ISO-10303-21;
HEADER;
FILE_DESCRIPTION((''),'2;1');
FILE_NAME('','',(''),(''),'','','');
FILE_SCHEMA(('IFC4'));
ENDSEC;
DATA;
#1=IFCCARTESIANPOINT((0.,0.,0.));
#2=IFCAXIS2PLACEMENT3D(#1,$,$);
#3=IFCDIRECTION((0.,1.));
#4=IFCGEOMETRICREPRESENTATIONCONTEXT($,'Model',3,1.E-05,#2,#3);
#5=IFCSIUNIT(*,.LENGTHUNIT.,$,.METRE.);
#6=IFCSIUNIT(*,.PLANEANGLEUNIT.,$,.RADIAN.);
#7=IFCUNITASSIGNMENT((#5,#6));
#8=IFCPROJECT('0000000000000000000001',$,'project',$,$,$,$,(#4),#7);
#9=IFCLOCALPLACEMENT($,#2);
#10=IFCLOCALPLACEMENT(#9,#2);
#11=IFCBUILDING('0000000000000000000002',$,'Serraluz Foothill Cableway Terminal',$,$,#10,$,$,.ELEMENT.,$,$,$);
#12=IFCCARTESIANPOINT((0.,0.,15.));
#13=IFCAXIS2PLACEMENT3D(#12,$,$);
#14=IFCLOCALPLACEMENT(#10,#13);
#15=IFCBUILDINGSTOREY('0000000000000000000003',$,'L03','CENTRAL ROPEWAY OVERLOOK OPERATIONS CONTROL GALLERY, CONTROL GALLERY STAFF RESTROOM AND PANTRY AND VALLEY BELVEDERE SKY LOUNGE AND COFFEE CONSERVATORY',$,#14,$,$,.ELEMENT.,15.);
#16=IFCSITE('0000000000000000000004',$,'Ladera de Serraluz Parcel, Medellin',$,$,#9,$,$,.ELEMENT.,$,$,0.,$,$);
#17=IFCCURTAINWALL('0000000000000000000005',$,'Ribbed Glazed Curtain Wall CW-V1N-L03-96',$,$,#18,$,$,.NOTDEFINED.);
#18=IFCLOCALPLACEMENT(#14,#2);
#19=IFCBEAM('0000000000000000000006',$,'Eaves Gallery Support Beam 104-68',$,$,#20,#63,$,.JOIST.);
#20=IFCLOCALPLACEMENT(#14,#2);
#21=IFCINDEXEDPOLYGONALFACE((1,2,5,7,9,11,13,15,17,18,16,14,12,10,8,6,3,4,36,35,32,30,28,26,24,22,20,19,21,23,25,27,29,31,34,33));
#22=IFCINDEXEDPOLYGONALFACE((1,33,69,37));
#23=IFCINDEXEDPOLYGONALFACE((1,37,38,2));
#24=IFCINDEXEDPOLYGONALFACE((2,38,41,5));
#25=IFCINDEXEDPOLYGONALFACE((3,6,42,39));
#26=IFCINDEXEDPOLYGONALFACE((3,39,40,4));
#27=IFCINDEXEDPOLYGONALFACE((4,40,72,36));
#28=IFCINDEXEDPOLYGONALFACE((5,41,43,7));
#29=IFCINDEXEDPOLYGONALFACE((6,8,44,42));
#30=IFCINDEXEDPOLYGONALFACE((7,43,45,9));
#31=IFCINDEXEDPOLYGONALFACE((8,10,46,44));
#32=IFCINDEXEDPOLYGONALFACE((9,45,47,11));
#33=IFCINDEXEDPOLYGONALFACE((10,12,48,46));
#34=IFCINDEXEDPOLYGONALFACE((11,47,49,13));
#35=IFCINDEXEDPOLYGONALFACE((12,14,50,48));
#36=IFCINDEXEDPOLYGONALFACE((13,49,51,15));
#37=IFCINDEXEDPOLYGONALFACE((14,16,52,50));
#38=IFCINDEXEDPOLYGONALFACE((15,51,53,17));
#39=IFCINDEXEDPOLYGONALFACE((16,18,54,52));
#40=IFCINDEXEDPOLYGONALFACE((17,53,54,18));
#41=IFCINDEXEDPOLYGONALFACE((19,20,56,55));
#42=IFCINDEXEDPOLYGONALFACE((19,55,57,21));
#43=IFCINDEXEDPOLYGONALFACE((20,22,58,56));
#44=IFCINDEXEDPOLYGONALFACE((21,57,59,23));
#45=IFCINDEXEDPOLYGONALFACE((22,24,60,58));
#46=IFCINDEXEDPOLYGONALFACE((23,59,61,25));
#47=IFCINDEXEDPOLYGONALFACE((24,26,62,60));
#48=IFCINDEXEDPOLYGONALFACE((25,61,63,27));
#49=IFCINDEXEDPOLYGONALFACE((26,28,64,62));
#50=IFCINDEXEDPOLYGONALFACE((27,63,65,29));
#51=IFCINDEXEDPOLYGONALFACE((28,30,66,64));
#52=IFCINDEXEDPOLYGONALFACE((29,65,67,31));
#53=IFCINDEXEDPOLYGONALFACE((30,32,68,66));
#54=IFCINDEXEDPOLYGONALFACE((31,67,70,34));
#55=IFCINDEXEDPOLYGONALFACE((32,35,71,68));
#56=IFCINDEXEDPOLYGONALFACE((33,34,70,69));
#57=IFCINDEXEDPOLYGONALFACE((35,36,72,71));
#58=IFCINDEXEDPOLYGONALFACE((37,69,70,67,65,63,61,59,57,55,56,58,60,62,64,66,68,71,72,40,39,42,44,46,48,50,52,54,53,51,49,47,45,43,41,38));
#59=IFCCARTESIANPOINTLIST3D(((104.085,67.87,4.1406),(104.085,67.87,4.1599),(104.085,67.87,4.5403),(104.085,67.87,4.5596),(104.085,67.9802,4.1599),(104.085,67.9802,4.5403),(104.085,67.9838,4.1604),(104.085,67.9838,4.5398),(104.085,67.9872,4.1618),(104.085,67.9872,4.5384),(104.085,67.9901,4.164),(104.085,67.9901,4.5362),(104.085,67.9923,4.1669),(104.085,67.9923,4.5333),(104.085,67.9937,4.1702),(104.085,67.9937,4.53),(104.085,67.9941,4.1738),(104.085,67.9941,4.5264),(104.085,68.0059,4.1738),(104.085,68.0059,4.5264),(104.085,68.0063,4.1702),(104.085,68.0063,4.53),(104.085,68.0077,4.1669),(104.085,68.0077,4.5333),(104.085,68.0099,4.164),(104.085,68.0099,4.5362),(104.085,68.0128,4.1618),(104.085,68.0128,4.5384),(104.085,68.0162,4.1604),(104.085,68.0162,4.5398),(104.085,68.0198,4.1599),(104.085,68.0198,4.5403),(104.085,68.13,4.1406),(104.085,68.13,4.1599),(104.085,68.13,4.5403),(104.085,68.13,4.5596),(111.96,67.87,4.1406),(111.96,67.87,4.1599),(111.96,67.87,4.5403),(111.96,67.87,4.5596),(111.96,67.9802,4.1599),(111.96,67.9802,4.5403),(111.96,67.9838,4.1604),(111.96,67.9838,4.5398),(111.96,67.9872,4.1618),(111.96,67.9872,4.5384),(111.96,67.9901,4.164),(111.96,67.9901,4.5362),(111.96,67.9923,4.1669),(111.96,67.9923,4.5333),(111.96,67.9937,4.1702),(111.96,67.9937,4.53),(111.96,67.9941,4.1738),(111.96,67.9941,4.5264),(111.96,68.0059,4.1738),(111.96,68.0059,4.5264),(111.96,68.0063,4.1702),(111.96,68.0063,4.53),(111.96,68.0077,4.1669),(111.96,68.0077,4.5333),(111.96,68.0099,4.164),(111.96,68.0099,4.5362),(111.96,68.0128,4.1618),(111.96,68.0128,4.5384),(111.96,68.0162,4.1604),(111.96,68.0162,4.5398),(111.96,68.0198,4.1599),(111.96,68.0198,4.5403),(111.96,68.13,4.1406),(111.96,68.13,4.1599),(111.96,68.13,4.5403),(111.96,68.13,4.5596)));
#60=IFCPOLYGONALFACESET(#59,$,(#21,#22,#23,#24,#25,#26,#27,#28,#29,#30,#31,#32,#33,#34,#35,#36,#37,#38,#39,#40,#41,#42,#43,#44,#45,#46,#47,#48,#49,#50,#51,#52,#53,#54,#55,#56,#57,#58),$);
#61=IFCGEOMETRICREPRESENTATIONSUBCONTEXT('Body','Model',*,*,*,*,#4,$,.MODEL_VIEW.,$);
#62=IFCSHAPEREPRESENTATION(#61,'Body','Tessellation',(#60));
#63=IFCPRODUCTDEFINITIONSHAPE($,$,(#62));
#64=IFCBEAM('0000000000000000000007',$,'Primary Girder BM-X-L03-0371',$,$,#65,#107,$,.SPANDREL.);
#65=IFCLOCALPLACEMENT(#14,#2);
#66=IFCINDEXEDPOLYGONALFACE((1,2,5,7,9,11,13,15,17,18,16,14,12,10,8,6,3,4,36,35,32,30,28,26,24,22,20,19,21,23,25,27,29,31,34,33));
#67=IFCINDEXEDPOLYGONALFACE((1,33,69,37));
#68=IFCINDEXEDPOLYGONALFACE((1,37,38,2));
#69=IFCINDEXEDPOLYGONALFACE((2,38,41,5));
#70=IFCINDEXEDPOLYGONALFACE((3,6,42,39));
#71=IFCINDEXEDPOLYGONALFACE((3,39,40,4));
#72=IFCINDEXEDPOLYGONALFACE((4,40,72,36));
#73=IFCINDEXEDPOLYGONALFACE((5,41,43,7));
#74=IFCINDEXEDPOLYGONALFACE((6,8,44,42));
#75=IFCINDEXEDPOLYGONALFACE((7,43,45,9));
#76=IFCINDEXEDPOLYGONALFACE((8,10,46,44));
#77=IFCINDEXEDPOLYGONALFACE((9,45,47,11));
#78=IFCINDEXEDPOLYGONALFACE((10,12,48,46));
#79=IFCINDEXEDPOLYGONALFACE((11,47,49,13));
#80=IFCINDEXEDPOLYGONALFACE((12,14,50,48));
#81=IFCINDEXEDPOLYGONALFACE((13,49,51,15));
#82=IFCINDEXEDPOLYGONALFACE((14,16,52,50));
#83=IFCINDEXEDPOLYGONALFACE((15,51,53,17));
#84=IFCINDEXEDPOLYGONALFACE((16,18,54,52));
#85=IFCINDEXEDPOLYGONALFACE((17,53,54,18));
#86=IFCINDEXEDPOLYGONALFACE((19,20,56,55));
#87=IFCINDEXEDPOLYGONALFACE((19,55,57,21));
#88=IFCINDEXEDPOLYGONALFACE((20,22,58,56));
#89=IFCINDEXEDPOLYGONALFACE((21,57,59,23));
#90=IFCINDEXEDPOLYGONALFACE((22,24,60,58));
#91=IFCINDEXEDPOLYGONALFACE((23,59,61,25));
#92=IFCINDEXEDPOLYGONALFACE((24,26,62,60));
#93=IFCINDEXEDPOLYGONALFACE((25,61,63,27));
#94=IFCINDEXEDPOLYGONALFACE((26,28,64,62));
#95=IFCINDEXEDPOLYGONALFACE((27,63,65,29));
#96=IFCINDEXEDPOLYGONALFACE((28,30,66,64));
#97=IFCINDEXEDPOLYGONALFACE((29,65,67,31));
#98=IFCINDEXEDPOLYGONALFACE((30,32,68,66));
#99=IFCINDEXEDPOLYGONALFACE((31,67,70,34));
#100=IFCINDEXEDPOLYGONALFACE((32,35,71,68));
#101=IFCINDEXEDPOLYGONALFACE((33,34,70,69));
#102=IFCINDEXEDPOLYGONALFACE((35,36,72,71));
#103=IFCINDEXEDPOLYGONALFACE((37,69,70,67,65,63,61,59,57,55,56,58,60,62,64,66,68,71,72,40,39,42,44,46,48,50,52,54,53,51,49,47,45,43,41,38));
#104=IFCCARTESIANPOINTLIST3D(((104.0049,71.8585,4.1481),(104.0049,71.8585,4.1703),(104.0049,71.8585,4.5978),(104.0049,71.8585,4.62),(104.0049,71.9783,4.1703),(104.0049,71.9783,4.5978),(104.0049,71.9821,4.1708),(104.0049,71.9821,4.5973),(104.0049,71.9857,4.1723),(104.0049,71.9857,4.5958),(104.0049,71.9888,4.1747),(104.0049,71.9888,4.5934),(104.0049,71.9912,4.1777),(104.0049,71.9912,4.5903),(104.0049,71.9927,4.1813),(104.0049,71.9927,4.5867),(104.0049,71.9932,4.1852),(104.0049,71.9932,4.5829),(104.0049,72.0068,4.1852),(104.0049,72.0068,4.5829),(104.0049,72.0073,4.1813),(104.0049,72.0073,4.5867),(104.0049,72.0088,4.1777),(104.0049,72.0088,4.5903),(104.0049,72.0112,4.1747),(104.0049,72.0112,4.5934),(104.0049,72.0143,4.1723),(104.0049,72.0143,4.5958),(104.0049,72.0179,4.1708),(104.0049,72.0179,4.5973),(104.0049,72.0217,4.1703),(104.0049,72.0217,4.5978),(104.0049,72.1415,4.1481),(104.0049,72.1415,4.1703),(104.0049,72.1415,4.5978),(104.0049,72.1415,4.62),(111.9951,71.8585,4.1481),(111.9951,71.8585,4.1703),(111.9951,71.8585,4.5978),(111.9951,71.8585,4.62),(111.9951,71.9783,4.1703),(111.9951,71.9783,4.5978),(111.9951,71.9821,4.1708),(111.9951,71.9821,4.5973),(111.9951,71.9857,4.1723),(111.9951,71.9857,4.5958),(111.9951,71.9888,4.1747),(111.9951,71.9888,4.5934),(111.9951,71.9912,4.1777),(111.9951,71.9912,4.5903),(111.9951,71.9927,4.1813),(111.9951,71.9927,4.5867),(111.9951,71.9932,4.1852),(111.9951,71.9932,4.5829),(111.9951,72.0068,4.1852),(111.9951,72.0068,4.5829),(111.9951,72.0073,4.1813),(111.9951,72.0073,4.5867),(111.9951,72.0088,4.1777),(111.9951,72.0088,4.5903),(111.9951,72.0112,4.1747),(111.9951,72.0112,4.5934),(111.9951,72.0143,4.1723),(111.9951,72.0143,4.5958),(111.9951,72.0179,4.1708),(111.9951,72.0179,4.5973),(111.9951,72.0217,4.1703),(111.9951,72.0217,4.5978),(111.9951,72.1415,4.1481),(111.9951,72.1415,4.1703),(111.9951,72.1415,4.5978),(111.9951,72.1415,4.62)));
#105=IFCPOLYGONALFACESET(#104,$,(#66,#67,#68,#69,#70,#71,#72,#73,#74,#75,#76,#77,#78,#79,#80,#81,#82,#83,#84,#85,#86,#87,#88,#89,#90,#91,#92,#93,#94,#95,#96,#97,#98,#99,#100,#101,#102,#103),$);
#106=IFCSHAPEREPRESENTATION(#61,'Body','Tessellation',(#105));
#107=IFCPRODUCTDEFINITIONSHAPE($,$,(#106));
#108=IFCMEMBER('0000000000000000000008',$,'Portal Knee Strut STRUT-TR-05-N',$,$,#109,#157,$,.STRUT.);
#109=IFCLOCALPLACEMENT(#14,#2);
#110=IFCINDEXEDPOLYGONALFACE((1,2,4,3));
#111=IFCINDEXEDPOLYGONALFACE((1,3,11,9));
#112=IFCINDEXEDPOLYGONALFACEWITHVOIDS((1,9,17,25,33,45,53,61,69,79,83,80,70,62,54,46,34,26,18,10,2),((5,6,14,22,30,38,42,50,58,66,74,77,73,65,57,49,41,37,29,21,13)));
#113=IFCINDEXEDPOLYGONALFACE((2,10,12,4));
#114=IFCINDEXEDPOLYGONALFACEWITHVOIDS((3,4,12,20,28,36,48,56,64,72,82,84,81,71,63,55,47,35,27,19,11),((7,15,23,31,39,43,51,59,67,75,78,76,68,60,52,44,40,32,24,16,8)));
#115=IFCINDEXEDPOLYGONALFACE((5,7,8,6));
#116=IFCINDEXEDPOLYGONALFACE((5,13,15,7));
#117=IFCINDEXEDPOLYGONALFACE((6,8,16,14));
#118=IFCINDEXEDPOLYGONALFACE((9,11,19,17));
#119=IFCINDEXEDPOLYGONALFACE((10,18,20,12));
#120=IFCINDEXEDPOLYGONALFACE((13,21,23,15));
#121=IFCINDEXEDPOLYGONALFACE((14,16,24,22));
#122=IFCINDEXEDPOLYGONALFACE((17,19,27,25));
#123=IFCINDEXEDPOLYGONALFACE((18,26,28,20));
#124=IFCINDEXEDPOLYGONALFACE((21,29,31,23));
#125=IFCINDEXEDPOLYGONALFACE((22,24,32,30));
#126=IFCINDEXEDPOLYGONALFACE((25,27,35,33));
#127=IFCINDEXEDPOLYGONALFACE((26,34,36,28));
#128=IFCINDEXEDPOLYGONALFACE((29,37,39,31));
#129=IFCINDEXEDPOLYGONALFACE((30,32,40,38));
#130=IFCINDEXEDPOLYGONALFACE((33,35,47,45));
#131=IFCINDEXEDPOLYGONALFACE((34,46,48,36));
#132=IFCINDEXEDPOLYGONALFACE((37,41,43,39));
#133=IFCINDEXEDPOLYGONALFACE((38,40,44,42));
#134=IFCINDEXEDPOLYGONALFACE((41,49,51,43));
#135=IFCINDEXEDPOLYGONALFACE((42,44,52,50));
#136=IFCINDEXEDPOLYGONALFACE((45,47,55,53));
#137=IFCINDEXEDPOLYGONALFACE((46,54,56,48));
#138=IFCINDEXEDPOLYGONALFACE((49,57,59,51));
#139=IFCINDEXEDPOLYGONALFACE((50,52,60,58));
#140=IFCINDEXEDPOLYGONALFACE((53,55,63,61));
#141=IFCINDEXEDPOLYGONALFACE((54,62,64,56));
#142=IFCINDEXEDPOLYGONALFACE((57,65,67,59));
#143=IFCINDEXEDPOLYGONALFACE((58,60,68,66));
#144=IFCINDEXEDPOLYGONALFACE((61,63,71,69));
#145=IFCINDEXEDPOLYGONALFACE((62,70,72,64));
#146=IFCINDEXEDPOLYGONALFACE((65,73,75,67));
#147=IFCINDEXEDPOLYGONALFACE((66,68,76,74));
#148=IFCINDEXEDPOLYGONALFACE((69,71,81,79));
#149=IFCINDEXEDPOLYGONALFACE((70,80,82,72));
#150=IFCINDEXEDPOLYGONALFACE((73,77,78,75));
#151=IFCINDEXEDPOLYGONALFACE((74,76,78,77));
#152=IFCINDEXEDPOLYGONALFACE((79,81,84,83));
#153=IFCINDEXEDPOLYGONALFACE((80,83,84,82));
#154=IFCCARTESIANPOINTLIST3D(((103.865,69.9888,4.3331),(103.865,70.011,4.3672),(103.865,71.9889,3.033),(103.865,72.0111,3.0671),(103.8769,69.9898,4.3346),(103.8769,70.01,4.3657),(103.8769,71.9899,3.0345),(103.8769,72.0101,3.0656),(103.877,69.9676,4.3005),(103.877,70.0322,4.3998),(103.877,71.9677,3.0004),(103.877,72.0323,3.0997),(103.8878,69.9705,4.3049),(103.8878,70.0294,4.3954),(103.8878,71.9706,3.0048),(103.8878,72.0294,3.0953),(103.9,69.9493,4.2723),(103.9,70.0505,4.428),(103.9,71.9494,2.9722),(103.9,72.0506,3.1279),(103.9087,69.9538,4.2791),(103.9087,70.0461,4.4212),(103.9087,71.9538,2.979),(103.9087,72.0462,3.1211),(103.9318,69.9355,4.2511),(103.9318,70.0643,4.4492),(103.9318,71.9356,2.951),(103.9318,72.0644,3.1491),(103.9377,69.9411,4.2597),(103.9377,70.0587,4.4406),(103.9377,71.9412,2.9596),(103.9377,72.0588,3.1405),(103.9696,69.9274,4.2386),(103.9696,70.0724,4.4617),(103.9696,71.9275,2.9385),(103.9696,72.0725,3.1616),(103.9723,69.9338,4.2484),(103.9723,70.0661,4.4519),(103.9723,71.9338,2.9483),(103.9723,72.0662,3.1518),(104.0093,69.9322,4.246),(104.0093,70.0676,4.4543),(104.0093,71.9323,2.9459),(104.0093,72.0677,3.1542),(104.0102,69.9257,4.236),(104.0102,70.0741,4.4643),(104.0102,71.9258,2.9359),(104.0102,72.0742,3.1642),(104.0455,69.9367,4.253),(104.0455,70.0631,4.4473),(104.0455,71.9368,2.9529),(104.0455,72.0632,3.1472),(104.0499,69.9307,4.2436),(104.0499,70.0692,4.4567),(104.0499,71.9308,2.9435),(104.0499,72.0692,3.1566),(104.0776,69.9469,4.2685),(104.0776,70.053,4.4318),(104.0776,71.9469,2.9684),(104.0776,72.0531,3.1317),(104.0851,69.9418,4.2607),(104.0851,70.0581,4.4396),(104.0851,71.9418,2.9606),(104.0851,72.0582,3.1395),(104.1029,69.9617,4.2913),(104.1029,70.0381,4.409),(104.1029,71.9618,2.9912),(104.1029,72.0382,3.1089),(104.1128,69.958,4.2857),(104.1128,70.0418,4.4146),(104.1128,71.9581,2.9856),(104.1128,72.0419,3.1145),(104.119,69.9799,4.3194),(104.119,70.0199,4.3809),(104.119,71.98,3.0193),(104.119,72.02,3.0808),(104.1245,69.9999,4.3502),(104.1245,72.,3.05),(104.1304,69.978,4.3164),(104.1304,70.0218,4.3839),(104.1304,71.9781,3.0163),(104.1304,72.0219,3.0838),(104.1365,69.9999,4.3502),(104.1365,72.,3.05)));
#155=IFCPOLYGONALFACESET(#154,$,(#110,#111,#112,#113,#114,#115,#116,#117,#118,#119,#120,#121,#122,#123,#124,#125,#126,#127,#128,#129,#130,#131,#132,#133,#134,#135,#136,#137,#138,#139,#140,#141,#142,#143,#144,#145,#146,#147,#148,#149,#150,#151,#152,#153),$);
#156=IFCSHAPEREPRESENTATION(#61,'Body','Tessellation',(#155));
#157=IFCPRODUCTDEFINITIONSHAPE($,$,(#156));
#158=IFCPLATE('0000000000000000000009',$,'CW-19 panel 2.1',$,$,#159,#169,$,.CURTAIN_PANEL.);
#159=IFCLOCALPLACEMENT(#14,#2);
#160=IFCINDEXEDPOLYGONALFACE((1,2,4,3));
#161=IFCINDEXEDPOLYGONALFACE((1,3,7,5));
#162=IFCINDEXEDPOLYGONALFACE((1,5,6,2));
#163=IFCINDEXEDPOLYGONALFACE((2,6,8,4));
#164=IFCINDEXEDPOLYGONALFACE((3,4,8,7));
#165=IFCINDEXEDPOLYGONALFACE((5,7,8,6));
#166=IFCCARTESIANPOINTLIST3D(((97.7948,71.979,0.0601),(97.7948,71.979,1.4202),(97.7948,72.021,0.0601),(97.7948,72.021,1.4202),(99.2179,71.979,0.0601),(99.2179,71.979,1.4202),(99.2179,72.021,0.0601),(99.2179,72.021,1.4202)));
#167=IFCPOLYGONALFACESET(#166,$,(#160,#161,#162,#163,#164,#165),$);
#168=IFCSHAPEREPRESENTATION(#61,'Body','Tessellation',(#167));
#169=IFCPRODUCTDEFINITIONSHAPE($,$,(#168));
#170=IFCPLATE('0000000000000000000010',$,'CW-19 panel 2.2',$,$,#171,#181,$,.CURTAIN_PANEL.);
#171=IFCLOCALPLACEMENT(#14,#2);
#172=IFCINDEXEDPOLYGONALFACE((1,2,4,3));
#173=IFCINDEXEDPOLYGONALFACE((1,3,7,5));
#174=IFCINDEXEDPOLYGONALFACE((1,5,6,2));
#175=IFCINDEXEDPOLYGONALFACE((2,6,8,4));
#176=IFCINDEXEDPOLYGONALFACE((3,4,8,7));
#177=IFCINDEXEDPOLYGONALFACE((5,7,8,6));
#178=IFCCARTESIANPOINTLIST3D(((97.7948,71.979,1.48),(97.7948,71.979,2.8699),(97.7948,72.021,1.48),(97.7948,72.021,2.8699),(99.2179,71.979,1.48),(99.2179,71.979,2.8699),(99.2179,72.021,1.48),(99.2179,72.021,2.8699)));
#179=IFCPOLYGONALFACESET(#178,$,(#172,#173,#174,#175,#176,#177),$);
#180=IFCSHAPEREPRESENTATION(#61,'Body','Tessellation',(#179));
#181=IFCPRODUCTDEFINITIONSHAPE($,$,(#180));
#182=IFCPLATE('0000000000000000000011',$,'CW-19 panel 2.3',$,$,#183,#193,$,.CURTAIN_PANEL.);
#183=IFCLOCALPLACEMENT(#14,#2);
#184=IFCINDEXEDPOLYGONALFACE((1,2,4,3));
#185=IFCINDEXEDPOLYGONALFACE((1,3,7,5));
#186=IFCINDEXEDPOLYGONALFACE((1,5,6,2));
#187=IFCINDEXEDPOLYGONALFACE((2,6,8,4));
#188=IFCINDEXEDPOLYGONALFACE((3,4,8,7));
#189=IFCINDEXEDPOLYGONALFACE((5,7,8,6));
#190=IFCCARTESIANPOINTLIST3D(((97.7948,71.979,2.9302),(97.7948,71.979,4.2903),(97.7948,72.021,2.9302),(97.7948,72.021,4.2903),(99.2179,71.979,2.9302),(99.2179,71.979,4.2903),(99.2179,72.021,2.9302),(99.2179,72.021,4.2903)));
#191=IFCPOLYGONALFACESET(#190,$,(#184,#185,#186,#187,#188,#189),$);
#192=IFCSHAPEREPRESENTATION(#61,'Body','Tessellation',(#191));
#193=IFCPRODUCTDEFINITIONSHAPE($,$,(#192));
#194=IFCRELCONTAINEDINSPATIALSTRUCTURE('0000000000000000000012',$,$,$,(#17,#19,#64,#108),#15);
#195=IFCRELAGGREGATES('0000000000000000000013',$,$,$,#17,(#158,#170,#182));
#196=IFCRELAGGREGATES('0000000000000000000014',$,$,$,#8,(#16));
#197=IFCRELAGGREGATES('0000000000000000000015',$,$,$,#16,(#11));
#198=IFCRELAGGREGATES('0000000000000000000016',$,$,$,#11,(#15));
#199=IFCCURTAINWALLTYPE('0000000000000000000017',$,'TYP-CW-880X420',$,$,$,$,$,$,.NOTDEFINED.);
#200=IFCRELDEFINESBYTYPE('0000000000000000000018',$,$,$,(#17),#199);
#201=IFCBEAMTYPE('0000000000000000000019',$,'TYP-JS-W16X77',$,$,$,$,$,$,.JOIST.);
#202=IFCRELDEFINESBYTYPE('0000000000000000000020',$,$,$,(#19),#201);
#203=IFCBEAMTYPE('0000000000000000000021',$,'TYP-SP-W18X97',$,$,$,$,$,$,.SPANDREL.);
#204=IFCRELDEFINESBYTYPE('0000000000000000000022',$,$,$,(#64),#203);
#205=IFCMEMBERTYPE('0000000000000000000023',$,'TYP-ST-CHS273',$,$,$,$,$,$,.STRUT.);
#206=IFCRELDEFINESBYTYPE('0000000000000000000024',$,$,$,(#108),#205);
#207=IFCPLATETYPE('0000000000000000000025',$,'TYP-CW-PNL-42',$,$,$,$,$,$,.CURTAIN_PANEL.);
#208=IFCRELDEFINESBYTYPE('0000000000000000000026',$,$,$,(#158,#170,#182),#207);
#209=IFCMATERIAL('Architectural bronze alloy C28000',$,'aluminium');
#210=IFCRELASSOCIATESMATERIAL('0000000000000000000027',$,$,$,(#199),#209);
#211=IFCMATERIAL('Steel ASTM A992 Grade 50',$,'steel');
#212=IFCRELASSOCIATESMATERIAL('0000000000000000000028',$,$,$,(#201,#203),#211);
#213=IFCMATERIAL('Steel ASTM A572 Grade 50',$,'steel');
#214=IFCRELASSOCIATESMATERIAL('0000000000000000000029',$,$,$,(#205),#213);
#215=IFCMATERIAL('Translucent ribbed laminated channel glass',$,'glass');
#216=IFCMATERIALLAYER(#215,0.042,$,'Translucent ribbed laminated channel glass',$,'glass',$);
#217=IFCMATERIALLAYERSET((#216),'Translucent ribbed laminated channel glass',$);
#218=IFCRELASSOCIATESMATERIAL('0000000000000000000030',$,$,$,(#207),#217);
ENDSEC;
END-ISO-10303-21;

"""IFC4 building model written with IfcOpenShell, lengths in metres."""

from ifc_helpers import new_model, si_unit, direction, frame, origin, origin_2d, place, context, subcontext, project, spatial, rectangle, hollow_circle, i_section, extrude, material, layer, layer_set, material_profile, profile_set, type_object, element, aggregate, save


model = new_model("IFC4")

# Units and contexts
model_context = context("Model", 3, precision=1e-05, world=origin(), true_north=direction((0.0, 1.0)))
body_context = subcontext(model_context, "Body", "Model", "MODEL_VIEW")
ifc_project = project(units=[si_unit("LENGTHUNIT", "METRE"), si_unit("PLANEANGLEUNIT", "RADIAN")], contexts=[model_context])

# Site, building, storey
site_placement = place(None, origin())
site = spatial("IfcSite", under=ifc_project, at=site_placement, Name="Ladera de Serraluz Parcel, Medellin", CompositionType="ELEMENT", RefElevation=0.0)
building_placement = place(site_placement, origin())
building = spatial("IfcBuilding", under=site, at=building_placement, Name="Serraluz Foothill Cableway Terminal", CompositionType="ELEMENT")
storey_placement = place(building_placement, frame((0.0, 0.0, 15.0)))
storey = spatial("IfcBuildingStorey", under=building, at=storey_placement, Name="L03", Description="CENTRAL ROPEWAY OVERLOOK OPERATIONS CONTROL GALLERY, CONTROL GALLERY STAFF RESTROOM AND PANTRY AND VALLEY BELVEDERE SKY LOUNGE AND COFFEE CONSERVATORY", CompositionType="ELEMENT", Elevation=15.0)

# Shared definitions
ifc_material_1 = material(Name="Steel ASTM A992 Grade 50", Category="steel")

# Curtain wall
ifc_material_2 = material(Name="Architectural bronze alloy C28000", Category="aluminium")
curtain_wall_type_1 = type_object("IfcCurtainWallType", Name="TYP-CW-880X420", PredefinedType="NOTDEFINED", material=ifc_material_2)
curtain_wall_1_placement = place(storey_placement, origin())
curtain_wall_1 = element("IfcCurtainWall", 1, at=curtain_wall_1_placement, inside=storey, type_object=curtain_wall_type_1, Name="Ribbed Glazed Curtain Wall CW-V1N-L03-96", PredefinedType="NOTDEFINED")

# Beams
ifc_material_profile_1 = material_profile(ifc_material_1, i_section(OverallWidth=0.26, OverallDepth=0.4189, WebThickness=0.0117, FlangeThickness=0.0193, FilletRadius=0.0139, at=origin_2d()), Name="W16X77")
ifc_profile_set_1 = profile_set([ifc_material_profile_1], Name="Steel ASTM A992 Grade 50")
beam_type_1 = type_object("IfcBeamType", Name="TYP-JS-W16X77", PredefinedType="JOIST", material=ifc_profile_set_1)
for number, where, z_axis, x_axis, name in (
    (2, (104.085, 68.0, 4.3501), (1.0, 0.0, 0.0), (0.0, 1.0, 0.0), "Eaves Gallery Support Beam 104-68"),
):
    element("IfcBeam", number, at=place(storey_placement, frame(where, z_axis=z_axis, x_axis=x_axis)), inside=storey, type_object=beam_type_1, Name=name, PredefinedType="JOIST", context=body_context, shape_type="SweptSolid", body=[
        extrude(i_section(OverallWidth=0.26, OverallDepth=0.4189, WebThickness=0.0117, FlangeThickness=0.0193, FilletRadius=0.0139, at=origin_2d()), origin(), (0.0, 0.0, 1.0), 7.875),
    ])
ifc_material_profile_2 = material_profile(ifc_material_1, i_section(OverallWidth=0.283, OverallDepth=0.4719, WebThickness=0.0137, FlangeThickness=0.0222, FilletRadius=0.0149, at=origin_2d()), Name="W18X97")
ifc_profile_set_2 = profile_set([ifc_material_profile_2], Name="Steel ASTM A992 Grade 50")
beam_type_2 = type_object("IfcBeamType", Name="TYP-SP-W18X97", PredefinedType="SPANDREL", material=ifc_profile_set_2)
beam_placement = place(storey_placement, frame((104.0049, 72.0, 4.384), z_axis=(1.0, 0.0, 0.0), x_axis=(0.0, 1.0, 0.0)))
element("IfcBeam", 3, at=beam_placement, inside=storey, type_object=beam_type_2, Name="Primary Girder BM-X-L03-0371", PredefinedType="SPANDREL", context=body_context, shape_type="SweptSolid", body=[
    extrude(i_section(OverallWidth=0.283, OverallDepth=0.4719, WebThickness=0.0137, FlangeThickness=0.0222, FilletRadius=0.0149, at=origin_2d()), origin(), (0.0, 0.0, 1.0), 7.9902),
])

# Member
ifc_material_3 = material(Name="Steel ASTM A572 Grade 50", Category="steel")
ifc_material_profile_3 = material_profile(ifc_material_3, hollow_circle(Radius=0.1365, WallThickness=0.012, at=origin_2d()), Name="CHS273X12")
ifc_profile_set_3 = profile_set([ifc_material_profile_3], Name="Steel ASTM A572 Grade 50")
member_type_1 = type_object("IfcMemberType", Name="TYP-ST-CHS273", PredefinedType="STRUT", material=ifc_profile_set_3)
member_1_placement = place(storey_placement, frame((104.0, 72.0, 3.05), z_axis=(0.0, -0.838434, 0.545003), x_axis=(1.0, 0.0, 0.0)))
element("IfcMember", 4, at=member_1_placement, inside=storey, type_object=member_type_1, Name="Portal Knee Strut STRUT-TR-05-N", PredefinedType="STRUT", context=body_context, shape_type="SweptSolid", body=[
    extrude(hollow_circle(Radius=0.1365, WallThickness=0.012, at=origin_2d()), origin(), (0.0, 0.0, 1.0), 2.3855),
])

# Plates
ifc_material_4 = material(Name="Translucent ribbed laminated channel glass", Category="glass")
ifc_layer_1 = layer(ifc_material_4, 0.042, Name="Translucent ribbed laminated channel glass", Category="glass")
ifc_layer_set_1 = layer_set([ifc_layer_1], Name="Translucent ribbed laminated channel glass")
plate_type_1 = type_object("IfcPlateType", Name="TYP-CW-PNL-42", PredefinedType="CURTAIN_PANEL", material=ifc_layer_set_1)
plate_1_placement = place(storey_placement, frame((98.5063, 72.0, 0.0601), z_axis=(0.0, 0.0, 1.0), x_axis=(1.0, 0.0, 0.0)))
plate_1 = element("IfcPlate", 5, at=plate_1_placement, type_object=plate_type_1, Name="CW-19 panel 2.1", PredefinedType="CURTAIN_PANEL", context=body_context, shape_type="SweptSolid", body=[
    extrude(rectangle(XDim=1.4231, YDim=0.042, at=origin_2d()), origin(), (0.0, 0.0, 1.0), 1.3601),
])
plate_2_placement = place(storey_placement, frame((98.5063, 72.0, 1.48), z_axis=(0.0, 0.0, 1.0), x_axis=(1.0, 0.0, 0.0)))
plate_2 = element("IfcPlate", 6, at=plate_2_placement, type_object=plate_type_1, Name="CW-19 panel 2.2", PredefinedType="CURTAIN_PANEL", context=body_context, shape_type="SweptSolid", body=[
    extrude(rectangle(XDim=1.4231, YDim=0.042, at=origin_2d()), origin(), (0.0, 0.0, 1.0), 1.3899),
])
plate_3_placement = place(storey_placement, frame((98.5063, 72.0, 2.9302), z_axis=(0.0, 0.0, 1.0), x_axis=(1.0, 0.0, 0.0)))
plate_3 = element("IfcPlate", 7, at=plate_3_placement, type_object=plate_type_1, Name="CW-19 panel 2.3", PredefinedType="CURTAIN_PANEL", context=body_context, shape_type="SweptSolid", body=[
    extrude(rectangle(XDim=1.4231, YDim=0.042, at=origin_2d()), origin(), (0.0, 0.0, 1.0), 1.3601),
])
aggregate(curtain_wall_1, [plate_1, plate_2, plate_3])

save(model, "model.ifc")
